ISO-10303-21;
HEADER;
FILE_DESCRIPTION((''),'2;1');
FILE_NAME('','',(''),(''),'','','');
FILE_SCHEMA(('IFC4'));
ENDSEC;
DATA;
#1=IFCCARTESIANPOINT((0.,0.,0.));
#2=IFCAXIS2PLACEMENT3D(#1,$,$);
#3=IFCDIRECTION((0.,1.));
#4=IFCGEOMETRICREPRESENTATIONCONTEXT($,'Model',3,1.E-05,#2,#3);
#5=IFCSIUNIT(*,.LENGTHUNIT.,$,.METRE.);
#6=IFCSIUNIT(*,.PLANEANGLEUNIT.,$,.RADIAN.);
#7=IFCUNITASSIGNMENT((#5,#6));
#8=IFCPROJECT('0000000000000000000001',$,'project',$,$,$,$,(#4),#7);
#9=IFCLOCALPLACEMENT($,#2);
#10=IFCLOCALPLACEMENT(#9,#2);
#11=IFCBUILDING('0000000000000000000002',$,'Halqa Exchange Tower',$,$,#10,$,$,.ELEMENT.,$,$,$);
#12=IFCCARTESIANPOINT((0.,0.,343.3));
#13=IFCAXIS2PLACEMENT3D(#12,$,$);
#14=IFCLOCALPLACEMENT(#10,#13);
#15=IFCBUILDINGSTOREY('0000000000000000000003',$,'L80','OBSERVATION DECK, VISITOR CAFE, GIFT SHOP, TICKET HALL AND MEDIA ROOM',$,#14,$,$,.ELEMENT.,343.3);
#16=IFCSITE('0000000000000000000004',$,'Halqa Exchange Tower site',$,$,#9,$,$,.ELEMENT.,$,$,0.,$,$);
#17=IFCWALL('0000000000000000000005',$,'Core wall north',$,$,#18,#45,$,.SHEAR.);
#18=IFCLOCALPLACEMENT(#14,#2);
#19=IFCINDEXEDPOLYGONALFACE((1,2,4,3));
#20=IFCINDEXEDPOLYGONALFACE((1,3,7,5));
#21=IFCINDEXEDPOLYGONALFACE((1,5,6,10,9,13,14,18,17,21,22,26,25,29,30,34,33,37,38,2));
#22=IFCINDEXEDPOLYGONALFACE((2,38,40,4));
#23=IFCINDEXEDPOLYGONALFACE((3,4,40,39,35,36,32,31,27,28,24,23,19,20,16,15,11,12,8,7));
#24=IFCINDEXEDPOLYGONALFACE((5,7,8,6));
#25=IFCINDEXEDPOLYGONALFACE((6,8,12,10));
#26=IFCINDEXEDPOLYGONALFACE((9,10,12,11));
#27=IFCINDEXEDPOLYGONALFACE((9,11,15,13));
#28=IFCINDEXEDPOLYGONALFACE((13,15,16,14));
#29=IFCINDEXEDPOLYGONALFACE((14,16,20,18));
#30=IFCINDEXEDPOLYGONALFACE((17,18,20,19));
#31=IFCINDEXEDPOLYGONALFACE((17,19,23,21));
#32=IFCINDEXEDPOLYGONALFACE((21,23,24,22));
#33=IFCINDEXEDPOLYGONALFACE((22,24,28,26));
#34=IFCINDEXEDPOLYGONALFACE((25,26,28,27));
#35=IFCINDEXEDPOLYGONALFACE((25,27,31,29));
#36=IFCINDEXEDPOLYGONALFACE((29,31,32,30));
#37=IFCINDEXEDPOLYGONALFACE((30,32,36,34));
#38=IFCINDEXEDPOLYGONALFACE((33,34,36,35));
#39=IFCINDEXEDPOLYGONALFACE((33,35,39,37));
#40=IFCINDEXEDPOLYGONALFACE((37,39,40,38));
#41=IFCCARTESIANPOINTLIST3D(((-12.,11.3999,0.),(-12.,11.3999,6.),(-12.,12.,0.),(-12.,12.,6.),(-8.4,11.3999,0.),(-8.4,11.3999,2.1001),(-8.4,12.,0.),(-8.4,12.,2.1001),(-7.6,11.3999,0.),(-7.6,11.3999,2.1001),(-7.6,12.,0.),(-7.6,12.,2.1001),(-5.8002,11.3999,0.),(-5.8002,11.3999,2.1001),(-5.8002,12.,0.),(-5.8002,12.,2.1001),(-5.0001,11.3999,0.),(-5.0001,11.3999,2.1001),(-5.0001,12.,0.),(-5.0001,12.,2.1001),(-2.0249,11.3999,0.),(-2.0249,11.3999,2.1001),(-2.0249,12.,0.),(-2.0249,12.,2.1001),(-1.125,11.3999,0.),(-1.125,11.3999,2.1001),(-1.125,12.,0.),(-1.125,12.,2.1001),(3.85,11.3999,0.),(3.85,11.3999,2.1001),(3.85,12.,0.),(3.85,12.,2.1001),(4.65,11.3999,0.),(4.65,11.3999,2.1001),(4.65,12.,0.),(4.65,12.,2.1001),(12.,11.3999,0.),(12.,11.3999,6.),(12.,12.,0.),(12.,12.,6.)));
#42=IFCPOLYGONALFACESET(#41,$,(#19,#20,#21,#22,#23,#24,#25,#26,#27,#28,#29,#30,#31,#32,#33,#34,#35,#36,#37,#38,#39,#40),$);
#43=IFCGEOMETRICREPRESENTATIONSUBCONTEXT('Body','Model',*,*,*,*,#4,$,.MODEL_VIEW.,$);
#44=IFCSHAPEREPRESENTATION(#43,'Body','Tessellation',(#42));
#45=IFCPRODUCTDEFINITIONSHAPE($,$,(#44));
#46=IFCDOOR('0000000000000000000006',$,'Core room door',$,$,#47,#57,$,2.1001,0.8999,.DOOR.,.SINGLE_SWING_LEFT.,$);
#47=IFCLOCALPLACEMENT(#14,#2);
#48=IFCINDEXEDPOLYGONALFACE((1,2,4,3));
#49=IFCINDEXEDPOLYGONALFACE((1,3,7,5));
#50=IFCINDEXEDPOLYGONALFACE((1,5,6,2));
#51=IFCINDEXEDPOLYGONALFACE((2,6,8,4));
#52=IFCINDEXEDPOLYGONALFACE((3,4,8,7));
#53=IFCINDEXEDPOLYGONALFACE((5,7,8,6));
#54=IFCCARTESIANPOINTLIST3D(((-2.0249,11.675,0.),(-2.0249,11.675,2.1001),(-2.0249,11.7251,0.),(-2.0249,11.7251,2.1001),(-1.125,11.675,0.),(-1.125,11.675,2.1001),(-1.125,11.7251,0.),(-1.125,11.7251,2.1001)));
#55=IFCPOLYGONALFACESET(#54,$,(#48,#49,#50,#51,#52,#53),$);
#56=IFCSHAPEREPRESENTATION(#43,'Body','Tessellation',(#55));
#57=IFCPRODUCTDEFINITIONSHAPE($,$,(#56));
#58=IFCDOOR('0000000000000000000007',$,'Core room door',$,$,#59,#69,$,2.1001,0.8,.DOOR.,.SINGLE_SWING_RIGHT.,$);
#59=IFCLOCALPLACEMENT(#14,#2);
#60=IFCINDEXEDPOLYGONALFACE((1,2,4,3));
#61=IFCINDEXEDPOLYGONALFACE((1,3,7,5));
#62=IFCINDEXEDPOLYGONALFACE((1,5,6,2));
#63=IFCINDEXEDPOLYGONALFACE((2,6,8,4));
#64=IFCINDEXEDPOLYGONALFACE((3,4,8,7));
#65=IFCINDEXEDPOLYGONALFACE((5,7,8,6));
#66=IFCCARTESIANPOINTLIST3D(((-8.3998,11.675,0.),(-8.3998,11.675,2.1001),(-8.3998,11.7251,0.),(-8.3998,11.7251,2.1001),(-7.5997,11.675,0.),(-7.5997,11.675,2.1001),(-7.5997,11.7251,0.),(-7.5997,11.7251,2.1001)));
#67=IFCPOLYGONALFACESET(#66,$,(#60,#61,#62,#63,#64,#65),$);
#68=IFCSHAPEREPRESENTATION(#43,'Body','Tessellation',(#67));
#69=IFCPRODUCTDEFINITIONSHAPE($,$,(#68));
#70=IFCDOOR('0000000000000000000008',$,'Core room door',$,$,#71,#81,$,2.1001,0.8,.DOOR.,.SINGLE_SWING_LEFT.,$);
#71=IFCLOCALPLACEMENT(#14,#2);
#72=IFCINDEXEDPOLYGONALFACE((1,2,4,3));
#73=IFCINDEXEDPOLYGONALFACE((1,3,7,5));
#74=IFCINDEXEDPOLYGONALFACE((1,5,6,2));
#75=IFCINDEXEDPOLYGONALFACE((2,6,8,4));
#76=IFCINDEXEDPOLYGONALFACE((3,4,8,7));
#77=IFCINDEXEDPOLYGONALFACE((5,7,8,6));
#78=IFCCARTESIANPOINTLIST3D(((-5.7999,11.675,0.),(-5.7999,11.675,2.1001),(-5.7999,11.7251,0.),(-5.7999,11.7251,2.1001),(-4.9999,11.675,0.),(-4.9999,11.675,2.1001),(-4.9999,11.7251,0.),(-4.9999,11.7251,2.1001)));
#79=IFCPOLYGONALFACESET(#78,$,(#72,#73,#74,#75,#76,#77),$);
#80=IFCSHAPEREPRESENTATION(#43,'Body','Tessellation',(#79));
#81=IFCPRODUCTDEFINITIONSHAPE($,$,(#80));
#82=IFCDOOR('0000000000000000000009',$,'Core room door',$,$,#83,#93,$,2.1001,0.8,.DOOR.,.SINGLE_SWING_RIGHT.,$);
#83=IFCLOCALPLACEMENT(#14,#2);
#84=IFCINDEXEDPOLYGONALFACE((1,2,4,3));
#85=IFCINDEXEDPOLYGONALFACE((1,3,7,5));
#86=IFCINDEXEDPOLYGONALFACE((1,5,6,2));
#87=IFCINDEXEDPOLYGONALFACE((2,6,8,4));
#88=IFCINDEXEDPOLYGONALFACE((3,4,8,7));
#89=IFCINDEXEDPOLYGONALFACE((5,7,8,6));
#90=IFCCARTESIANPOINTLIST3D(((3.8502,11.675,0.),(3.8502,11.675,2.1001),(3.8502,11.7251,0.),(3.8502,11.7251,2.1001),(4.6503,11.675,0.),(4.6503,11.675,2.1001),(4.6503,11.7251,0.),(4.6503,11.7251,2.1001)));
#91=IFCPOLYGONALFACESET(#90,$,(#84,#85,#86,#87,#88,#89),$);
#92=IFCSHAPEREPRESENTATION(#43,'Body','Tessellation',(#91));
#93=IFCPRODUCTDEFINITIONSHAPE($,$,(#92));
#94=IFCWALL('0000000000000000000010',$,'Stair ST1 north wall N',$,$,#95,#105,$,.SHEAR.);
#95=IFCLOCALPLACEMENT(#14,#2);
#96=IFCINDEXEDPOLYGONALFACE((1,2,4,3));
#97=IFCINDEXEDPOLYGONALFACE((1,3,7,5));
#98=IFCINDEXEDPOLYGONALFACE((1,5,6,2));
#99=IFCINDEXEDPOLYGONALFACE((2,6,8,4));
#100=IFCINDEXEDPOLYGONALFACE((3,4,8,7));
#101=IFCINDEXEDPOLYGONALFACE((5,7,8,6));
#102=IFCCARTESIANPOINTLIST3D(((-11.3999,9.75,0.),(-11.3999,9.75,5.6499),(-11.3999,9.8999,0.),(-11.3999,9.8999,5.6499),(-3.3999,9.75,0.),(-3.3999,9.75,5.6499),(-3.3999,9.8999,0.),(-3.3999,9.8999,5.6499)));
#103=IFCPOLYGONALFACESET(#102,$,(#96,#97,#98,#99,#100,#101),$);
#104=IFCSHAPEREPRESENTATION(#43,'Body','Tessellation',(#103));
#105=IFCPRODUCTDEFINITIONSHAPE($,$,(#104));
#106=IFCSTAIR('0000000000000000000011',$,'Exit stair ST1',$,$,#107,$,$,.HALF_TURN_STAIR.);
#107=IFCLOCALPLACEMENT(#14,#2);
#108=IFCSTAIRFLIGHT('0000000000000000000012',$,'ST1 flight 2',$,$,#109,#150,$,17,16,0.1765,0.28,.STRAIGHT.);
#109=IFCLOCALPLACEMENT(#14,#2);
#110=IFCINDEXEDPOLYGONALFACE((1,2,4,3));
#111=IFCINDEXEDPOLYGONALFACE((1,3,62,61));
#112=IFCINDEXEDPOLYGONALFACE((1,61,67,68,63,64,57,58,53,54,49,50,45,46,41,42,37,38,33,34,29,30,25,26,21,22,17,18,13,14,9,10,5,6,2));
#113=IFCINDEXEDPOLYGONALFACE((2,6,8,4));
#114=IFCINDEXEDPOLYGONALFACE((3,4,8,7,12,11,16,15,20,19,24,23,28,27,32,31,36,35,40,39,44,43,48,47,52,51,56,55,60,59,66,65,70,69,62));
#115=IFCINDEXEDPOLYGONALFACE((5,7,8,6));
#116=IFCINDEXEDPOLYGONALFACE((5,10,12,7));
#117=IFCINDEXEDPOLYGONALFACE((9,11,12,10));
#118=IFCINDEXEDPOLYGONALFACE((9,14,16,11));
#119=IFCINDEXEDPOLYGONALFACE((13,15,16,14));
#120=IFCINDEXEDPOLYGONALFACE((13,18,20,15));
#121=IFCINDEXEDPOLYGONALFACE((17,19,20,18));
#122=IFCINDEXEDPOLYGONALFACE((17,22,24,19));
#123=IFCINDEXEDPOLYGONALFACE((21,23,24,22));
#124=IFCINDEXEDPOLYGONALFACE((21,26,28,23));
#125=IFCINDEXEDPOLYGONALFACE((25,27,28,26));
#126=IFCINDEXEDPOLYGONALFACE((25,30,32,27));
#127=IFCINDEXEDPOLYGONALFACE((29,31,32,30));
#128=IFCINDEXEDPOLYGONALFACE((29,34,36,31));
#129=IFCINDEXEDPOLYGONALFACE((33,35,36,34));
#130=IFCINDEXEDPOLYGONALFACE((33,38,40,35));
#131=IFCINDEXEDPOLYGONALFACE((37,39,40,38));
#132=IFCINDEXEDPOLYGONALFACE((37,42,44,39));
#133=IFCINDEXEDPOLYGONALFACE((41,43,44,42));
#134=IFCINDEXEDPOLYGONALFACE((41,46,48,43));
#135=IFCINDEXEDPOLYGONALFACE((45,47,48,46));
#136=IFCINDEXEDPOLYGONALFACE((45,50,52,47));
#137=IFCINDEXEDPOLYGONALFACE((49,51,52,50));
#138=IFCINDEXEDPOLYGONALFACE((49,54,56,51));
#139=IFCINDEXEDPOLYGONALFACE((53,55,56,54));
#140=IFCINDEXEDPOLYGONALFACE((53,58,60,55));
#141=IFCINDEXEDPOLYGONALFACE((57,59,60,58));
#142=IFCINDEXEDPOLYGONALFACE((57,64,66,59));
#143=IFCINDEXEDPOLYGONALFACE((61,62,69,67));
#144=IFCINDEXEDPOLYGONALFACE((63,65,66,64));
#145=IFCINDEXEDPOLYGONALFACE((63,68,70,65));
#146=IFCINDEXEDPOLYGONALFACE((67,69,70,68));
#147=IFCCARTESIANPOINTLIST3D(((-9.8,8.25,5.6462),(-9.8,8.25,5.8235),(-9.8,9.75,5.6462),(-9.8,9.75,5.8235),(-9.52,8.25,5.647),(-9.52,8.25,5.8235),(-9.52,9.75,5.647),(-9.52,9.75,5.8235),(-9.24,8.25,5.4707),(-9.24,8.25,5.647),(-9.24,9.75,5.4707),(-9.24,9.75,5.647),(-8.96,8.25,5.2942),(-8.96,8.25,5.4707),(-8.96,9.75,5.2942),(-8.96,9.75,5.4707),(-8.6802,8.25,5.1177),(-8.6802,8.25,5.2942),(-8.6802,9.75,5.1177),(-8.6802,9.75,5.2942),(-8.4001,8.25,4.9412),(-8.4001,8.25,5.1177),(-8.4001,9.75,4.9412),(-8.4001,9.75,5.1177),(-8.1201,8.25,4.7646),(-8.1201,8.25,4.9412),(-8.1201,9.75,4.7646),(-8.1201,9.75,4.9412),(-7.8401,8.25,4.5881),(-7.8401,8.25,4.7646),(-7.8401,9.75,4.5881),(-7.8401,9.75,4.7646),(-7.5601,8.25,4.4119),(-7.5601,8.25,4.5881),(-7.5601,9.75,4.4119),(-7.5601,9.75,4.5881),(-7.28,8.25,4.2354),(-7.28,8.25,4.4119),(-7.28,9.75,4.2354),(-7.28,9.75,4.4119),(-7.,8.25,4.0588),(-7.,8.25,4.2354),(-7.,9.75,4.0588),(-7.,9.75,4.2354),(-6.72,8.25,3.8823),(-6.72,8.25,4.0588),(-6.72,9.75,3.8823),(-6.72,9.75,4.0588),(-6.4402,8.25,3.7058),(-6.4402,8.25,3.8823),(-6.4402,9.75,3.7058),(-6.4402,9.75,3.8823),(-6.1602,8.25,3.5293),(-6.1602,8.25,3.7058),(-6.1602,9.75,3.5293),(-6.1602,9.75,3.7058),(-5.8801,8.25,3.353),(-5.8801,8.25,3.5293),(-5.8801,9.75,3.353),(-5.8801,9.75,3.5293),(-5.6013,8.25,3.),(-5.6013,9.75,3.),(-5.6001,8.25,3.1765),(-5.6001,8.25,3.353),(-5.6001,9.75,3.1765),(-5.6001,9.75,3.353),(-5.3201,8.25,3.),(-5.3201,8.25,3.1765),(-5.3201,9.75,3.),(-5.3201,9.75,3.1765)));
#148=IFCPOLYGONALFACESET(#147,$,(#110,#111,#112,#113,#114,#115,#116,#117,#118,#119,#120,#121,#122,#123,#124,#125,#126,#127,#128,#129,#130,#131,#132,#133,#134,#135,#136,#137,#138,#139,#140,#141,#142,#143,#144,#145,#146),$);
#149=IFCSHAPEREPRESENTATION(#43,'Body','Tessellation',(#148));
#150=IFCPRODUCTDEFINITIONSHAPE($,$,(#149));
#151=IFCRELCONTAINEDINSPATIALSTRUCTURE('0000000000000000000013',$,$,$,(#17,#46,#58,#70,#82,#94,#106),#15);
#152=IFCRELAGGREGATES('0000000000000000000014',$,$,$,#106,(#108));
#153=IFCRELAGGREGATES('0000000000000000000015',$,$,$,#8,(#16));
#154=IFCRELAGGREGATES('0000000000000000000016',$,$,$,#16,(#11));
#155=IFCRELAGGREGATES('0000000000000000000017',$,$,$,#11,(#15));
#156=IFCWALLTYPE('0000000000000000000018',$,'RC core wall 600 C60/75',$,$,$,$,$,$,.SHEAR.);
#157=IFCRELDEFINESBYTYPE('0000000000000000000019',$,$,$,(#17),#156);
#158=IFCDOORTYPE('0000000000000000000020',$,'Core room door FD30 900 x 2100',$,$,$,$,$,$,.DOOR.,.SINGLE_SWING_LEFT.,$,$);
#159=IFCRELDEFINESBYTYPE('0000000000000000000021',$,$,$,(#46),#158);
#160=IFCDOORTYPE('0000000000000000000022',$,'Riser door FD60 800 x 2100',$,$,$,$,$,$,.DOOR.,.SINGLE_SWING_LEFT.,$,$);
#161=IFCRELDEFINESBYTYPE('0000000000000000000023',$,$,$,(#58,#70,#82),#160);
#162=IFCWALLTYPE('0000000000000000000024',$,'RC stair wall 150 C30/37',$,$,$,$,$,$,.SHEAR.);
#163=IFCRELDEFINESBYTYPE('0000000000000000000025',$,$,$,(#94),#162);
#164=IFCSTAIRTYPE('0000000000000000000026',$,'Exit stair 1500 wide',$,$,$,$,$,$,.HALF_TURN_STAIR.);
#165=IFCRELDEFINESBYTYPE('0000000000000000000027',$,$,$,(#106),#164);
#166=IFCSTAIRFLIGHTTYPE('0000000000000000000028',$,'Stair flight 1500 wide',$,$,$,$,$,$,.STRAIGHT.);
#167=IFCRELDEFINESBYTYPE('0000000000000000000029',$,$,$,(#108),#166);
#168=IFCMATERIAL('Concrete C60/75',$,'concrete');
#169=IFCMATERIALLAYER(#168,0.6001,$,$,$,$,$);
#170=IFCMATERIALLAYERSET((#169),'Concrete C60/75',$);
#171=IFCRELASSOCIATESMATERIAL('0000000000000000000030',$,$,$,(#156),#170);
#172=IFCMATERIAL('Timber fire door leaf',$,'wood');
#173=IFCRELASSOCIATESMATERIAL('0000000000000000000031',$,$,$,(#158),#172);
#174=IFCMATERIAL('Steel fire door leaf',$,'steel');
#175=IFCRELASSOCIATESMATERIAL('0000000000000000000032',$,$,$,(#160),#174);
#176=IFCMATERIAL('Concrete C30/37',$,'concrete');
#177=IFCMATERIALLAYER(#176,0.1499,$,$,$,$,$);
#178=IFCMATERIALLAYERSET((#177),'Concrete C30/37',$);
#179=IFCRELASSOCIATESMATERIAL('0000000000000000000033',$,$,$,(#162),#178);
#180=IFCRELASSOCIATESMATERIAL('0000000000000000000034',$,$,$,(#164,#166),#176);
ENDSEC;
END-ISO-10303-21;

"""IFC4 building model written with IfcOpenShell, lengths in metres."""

from ifc_helpers import new_model, si_unit, direction, frame, frame_2d, origin, place, context, subcontext, project, spatial, polyline, rectangle, outline, extrude, material, layer, layer_set, type_object, element, fill, aggregate, save


model = new_model("IFC4")

# Units and contexts
model_context = context("Model", 3, precision=1e-05, world=origin(), true_north=direction((0.0, 1.0)))
body_context = subcontext(model_context, "Body", "Model", "MODEL_VIEW")
ifc_project = project(units=[si_unit("LENGTHUNIT", "METRE"), si_unit("PLANEANGLEUNIT", "RADIAN")], contexts=[model_context])

# Site, building, storey
site_placement = place(None, origin())
site = spatial("IfcSite", under=ifc_project, at=site_placement, Name="Halqa Exchange Tower site", CompositionType="ELEMENT", RefElevation=0.0)
building_placement = place(site_placement, origin())
building = spatial("IfcBuilding", under=site, at=building_placement, Name="Halqa Exchange Tower", CompositionType="ELEMENT")
storey_placement = place(building_placement, frame((0.0, 0.0, 343.3)))
storey = spatial("IfcBuildingStorey", under=building, at=storey_placement, Name="L80", Description="OBSERVATION DECK, VISITOR CAFE, GIFT SHOP, TICKET HALL AND MEDIA ROOM", CompositionType="ELEMENT", Elevation=343.3)

# Wall, openings, doors
ifc_material_1 = material(Name="Concrete C60/75", Category="concrete")
ifc_layer_1 = layer(ifc_material_1, 0.6001)
ifc_layer_set_1 = layer_set([ifc_layer_1], Name="Concrete C60/75")
wall_type_1 = type_object("IfcWallType", Name="RC core wall 600 C60/75", PredefinedType="SHEAR", material=ifc_layer_set_1)
wall_1_placement = place(storey_placement, frame((-12.0, 11.7, 0.0), z_axis=(0.0, 0.0, 1.0), x_axis=(1.0, 0.0, 0.0)))
wall_1 = element("IfcWall", 1, at=wall_1_placement, inside=storey, type_object=wall_type_1, Name="Core wall north", PredefinedType="SHEAR", context=body_context, shape_type="SweptSolid", body=[
    extrude(rectangle(XDim=24.0, YDim=0.6001, at=frame_2d((12.0, 0.0))), origin(), (0.0, 0.0, 1.0), 6.0),
])
opening_1_placement = place(wall_1_placement, frame((9.9751, 0.0, 0.0)))
opening_1 = element("IfcOpeningElement", 2, at=opening_1_placement, cuts=wall_1, PredefinedType="OPENING", context=body_context, shape_type="SweptSolid", body=[
    extrude(rectangle(XDim=0.8999, YDim=2.1001, at=frame_2d((0.45, 1.05))), frame((0.0, 0.312, 0.0), z_axis=(0.0, -1.0, 0.0), x_axis=(1.0, 0.0, 0.0)), (0.0, 0.0, 1.0), 0.624),
])
opening_2_placement = place(wall_1_placement, frame((3.6001, 0.0, 0.0)))
opening_2 = element("IfcOpeningElement", 3, at=opening_2_placement, cuts=wall_1, PredefinedType="OPENING", context=body_context, shape_type="SweptSolid", body=[
    extrude(rectangle(XDim=0.8, YDim=2.1001, at=frame_2d((0.3999, 1.05))), frame((0.0, 0.312, 0.0), z_axis=(0.0, -1.0, 0.0), x_axis=(1.0, 0.0, 0.0)), (0.0, 0.0, 1.0), 0.624),
])
opening_3_placement = place(wall_1_placement, frame((6.2, 0.0, 0.0)))
opening_3 = element("IfcOpeningElement", 4, at=opening_3_placement, cuts=wall_1, PredefinedType="OPENING", context=body_context, shape_type="SweptSolid", body=[
    extrude(rectangle(XDim=0.8, YDim=2.1001, at=frame_2d((0.3999, 1.05))), frame((0.0, 0.312, 0.0), z_axis=(0.0, -1.0, 0.0), x_axis=(1.0, 0.0, 0.0)), (0.0, 0.0, 1.0), 0.624),
])
opening_4_placement = place(wall_1_placement, frame((15.8501, 0.0, 0.0)))
opening_4 = element("IfcOpeningElement", 5, at=opening_4_placement, cuts=wall_1, PredefinedType="OPENING", context=body_context, shape_type="SweptSolid", body=[
    extrude(rectangle(XDim=0.8, YDim=2.1001, at=frame_2d((0.3999, 1.05))), frame((0.0, 0.312, 0.0), z_axis=(0.0, -1.0, 0.0), x_axis=(1.0, 0.0, 0.0)), (0.0, 0.0, 1.0), 0.624),
])
ifc_material_2 = material(Name="Timber fire door leaf", Category="wood")
door_type_1 = type_object("IfcDoorType", Name="Core room door FD30 900 x 2100", OperationType="SINGLE_SWING_LEFT", PredefinedType="DOOR", material=ifc_material_2)
door_1_placement = place(opening_1_placement, frame((0.8999, 0.0, 0.0), z_axis=(0.0, 0.0, 1.0), x_axis=(-1.0, 0.0, 0.0)))
door_1 = element("IfcDoor", 6, at=door_1_placement, inside=storey, type_object=door_type_1, Name="Core room door", OperationType="SINGLE_SWING_LEFT", OverallHeight=2.1001, OverallWidth=0.8999, PredefinedType="DOOR", context=body_context, shape_type="SweptSolid", body=[
    extrude(rectangle(XDim=0.8999, YDim=2.1001, at=frame_2d((0.45, 1.05))), frame((0.0, 0.0249, 0.0), z_axis=(0.0, -1.0, 0.0), x_axis=(1.0, 0.0, 0.0)), (0.0, 0.0, 1.0), 0.05),
])
fill(opening_1, door_1)
ifc_material_3 = material(Name="Steel fire door leaf", Category="steel")
door_type_2 = type_object("IfcDoorType", Name="Riser door FD60 800 x 2100", OperationType="SINGLE_SWING_LEFT", PredefinedType="DOOR", material=ifc_material_3)
door_2_placement = place(opening_2_placement, frame((0.8, 0.0, 0.0), z_axis=(0.0, 0.0, 1.0), x_axis=(-1.0, 0.0, 0.0)))
door_2 = element("IfcDoor", 7, at=door_2_placement, inside=storey, type_object=door_type_2, Name="Core room door", OperationType="SINGLE_SWING_RIGHT", OverallHeight=2.1001, OverallWidth=0.8, PredefinedType="DOOR", context=body_context, shape_type="SweptSolid", body=[
    extrude(rectangle(XDim=0.8, YDim=2.1001, at=frame_2d((0.3999, 1.05))), frame((0.0, 0.0249, 0.0), z_axis=(0.0, -1.0, 0.0), x_axis=(1.0, 0.0, 0.0)), (0.0, 0.0, 1.0), 0.05),
])
fill(opening_2, door_2)
door_3_placement = place(opening_3_placement, frame((0.8, 0.0, 0.0), z_axis=(0.0, 0.0, 1.0), x_axis=(-1.0, 0.0, 0.0)))
door_3 = element("IfcDoor", 8, at=door_3_placement, inside=storey, type_object=door_type_2, Name="Core room door", OperationType="SINGLE_SWING_LEFT", OverallHeight=2.1001, OverallWidth=0.8, PredefinedType="DOOR", context=body_context, shape_type="SweptSolid", body=[
    extrude(rectangle(XDim=0.8, YDim=2.1001, at=frame_2d((0.3999, 1.05))), frame((0.0, 0.0249, 0.0), z_axis=(0.0, -1.0, 0.0), x_axis=(1.0, 0.0, 0.0)), (0.0, 0.0, 1.0), 0.05),
])
fill(opening_3, door_3)
door_4_placement = place(opening_4_placement, frame((0.8, 0.0, 0.0), z_axis=(0.0, 0.0, 1.0), x_axis=(-1.0, 0.0, 0.0)))
door_4 = element("IfcDoor", 9, at=door_4_placement, inside=storey, type_object=door_type_2, Name="Core room door", OperationType="SINGLE_SWING_RIGHT", OverallHeight=2.1001, OverallWidth=0.8, PredefinedType="DOOR", context=body_context, shape_type="SweptSolid", body=[
    extrude(rectangle(XDim=0.8, YDim=2.1001, at=frame_2d((0.3999, 1.05))), frame((0.0, 0.0249, 0.0), z_axis=(0.0, -1.0, 0.0), x_axis=(1.0, 0.0, 0.0)), (0.0, 0.0, 1.0), 0.05),
])
fill(opening_4, door_4)

# Wall
ifc_material_4 = material(Name="Concrete C30/37", Category="concrete")
ifc_layer_2 = layer(ifc_material_4, 0.1499)
ifc_layer_set_2 = layer_set([ifc_layer_2], Name="Concrete C30/37")
wall_type_2 = type_object("IfcWallType", Name="RC stair wall 150 C30/37", PredefinedType="SHEAR", material=ifc_layer_set_2)
wall_2_placement = place(storey_placement, frame((-11.3999, 9.825, 0.0), z_axis=(0.0, 0.0, 1.0), x_axis=(1.0, 0.0, 0.0)))
element("IfcWall", 10, at=wall_2_placement, inside=storey, type_object=wall_type_2, Name="Stair ST1 north wall N", PredefinedType="SHEAR", context=body_context, shape_type="SweptSolid", body=[
    extrude(rectangle(XDim=8.0, YDim=0.1499, at=frame_2d((4.0, 0.0))), origin(), (0.0, 0.0, 1.0), 5.6499),
])

# Stair, stair flight
stair_type = type_object("IfcStairType", Name="Exit stair 1500 wide", PredefinedType="HALF_TURN_STAIR", material=ifc_material_4)
stair_placement = place(storey_placement, origin())
stair = element("IfcStair", 11, at=stair_placement, inside=storey, type_object=stair_type, Name="Exit stair ST1", PredefinedType="HALF_TURN_STAIR")
stair_flight_type = type_object("IfcStairFlightType", Name="Stair flight 1500 wide", PredefinedType="STRAIGHT", material=ifc_material_4)
stair_flight_placement = place(storey_placement, frame((-5.3201, 9.0, 3.0), z_axis=(0.0, 0.0, 1.0), x_axis=(-1.0, 0.0, 0.0)))
stair_flight = element("IfcStairFlight", 12, at=stair_flight_placement, type_object=stair_flight_type, Name="ST1 flight 2", NumberOfRisers=17, NumberOfTreads=16, PredefinedType="STRAIGHT", RiserHeight=0.1765, TreadLength=0.28, context=body_context, shape_type="SweptSolid", body=[
    extrude(outline(polyline([(0.0, 0.0), (0.0, 0.1765), (0.28, 0.1765), (0.28, 0.353), (0.5601, 0.353), (0.5601, 0.5293), (0.8401, 0.5293), (0.8401, 0.7058), (1.1201, 0.7058), (1.1201, 0.8823), (1.3999, 0.8823), (1.3999, 1.0588), (1.6799, 1.0588), (1.6799, 1.2354), (1.96, 1.2354), (1.96, 1.4119), (2.24, 1.4119), (2.24, 1.5881), (2.52, 1.5881), (2.52, 1.7646), (2.8, 1.7646), (2.8, 1.9412), (3.0801, 1.9412), (3.0801, 2.1177), (3.3601, 2.1177), (3.3601, 2.2942), (3.6399, 2.2942), (3.6399, 2.4707), (3.9199, 2.4707), (3.9199, 2.647), (4.2, 2.647), (4.2, 2.8235), (4.48, 2.8235), (4.48, 3.0), (4.48, 2.6462), (0.2812, 0.0), (0.0, 0.0)])), frame((0.0, 0.75, 0.0), z_axis=(0.0, -1.0, 0.0), x_axis=(1.0, 0.0, 0.0)), (0.0, 0.0, 1.0), 1.5),
])
aggregate(stair, [stair_flight])

save(model, "model.ifc")
